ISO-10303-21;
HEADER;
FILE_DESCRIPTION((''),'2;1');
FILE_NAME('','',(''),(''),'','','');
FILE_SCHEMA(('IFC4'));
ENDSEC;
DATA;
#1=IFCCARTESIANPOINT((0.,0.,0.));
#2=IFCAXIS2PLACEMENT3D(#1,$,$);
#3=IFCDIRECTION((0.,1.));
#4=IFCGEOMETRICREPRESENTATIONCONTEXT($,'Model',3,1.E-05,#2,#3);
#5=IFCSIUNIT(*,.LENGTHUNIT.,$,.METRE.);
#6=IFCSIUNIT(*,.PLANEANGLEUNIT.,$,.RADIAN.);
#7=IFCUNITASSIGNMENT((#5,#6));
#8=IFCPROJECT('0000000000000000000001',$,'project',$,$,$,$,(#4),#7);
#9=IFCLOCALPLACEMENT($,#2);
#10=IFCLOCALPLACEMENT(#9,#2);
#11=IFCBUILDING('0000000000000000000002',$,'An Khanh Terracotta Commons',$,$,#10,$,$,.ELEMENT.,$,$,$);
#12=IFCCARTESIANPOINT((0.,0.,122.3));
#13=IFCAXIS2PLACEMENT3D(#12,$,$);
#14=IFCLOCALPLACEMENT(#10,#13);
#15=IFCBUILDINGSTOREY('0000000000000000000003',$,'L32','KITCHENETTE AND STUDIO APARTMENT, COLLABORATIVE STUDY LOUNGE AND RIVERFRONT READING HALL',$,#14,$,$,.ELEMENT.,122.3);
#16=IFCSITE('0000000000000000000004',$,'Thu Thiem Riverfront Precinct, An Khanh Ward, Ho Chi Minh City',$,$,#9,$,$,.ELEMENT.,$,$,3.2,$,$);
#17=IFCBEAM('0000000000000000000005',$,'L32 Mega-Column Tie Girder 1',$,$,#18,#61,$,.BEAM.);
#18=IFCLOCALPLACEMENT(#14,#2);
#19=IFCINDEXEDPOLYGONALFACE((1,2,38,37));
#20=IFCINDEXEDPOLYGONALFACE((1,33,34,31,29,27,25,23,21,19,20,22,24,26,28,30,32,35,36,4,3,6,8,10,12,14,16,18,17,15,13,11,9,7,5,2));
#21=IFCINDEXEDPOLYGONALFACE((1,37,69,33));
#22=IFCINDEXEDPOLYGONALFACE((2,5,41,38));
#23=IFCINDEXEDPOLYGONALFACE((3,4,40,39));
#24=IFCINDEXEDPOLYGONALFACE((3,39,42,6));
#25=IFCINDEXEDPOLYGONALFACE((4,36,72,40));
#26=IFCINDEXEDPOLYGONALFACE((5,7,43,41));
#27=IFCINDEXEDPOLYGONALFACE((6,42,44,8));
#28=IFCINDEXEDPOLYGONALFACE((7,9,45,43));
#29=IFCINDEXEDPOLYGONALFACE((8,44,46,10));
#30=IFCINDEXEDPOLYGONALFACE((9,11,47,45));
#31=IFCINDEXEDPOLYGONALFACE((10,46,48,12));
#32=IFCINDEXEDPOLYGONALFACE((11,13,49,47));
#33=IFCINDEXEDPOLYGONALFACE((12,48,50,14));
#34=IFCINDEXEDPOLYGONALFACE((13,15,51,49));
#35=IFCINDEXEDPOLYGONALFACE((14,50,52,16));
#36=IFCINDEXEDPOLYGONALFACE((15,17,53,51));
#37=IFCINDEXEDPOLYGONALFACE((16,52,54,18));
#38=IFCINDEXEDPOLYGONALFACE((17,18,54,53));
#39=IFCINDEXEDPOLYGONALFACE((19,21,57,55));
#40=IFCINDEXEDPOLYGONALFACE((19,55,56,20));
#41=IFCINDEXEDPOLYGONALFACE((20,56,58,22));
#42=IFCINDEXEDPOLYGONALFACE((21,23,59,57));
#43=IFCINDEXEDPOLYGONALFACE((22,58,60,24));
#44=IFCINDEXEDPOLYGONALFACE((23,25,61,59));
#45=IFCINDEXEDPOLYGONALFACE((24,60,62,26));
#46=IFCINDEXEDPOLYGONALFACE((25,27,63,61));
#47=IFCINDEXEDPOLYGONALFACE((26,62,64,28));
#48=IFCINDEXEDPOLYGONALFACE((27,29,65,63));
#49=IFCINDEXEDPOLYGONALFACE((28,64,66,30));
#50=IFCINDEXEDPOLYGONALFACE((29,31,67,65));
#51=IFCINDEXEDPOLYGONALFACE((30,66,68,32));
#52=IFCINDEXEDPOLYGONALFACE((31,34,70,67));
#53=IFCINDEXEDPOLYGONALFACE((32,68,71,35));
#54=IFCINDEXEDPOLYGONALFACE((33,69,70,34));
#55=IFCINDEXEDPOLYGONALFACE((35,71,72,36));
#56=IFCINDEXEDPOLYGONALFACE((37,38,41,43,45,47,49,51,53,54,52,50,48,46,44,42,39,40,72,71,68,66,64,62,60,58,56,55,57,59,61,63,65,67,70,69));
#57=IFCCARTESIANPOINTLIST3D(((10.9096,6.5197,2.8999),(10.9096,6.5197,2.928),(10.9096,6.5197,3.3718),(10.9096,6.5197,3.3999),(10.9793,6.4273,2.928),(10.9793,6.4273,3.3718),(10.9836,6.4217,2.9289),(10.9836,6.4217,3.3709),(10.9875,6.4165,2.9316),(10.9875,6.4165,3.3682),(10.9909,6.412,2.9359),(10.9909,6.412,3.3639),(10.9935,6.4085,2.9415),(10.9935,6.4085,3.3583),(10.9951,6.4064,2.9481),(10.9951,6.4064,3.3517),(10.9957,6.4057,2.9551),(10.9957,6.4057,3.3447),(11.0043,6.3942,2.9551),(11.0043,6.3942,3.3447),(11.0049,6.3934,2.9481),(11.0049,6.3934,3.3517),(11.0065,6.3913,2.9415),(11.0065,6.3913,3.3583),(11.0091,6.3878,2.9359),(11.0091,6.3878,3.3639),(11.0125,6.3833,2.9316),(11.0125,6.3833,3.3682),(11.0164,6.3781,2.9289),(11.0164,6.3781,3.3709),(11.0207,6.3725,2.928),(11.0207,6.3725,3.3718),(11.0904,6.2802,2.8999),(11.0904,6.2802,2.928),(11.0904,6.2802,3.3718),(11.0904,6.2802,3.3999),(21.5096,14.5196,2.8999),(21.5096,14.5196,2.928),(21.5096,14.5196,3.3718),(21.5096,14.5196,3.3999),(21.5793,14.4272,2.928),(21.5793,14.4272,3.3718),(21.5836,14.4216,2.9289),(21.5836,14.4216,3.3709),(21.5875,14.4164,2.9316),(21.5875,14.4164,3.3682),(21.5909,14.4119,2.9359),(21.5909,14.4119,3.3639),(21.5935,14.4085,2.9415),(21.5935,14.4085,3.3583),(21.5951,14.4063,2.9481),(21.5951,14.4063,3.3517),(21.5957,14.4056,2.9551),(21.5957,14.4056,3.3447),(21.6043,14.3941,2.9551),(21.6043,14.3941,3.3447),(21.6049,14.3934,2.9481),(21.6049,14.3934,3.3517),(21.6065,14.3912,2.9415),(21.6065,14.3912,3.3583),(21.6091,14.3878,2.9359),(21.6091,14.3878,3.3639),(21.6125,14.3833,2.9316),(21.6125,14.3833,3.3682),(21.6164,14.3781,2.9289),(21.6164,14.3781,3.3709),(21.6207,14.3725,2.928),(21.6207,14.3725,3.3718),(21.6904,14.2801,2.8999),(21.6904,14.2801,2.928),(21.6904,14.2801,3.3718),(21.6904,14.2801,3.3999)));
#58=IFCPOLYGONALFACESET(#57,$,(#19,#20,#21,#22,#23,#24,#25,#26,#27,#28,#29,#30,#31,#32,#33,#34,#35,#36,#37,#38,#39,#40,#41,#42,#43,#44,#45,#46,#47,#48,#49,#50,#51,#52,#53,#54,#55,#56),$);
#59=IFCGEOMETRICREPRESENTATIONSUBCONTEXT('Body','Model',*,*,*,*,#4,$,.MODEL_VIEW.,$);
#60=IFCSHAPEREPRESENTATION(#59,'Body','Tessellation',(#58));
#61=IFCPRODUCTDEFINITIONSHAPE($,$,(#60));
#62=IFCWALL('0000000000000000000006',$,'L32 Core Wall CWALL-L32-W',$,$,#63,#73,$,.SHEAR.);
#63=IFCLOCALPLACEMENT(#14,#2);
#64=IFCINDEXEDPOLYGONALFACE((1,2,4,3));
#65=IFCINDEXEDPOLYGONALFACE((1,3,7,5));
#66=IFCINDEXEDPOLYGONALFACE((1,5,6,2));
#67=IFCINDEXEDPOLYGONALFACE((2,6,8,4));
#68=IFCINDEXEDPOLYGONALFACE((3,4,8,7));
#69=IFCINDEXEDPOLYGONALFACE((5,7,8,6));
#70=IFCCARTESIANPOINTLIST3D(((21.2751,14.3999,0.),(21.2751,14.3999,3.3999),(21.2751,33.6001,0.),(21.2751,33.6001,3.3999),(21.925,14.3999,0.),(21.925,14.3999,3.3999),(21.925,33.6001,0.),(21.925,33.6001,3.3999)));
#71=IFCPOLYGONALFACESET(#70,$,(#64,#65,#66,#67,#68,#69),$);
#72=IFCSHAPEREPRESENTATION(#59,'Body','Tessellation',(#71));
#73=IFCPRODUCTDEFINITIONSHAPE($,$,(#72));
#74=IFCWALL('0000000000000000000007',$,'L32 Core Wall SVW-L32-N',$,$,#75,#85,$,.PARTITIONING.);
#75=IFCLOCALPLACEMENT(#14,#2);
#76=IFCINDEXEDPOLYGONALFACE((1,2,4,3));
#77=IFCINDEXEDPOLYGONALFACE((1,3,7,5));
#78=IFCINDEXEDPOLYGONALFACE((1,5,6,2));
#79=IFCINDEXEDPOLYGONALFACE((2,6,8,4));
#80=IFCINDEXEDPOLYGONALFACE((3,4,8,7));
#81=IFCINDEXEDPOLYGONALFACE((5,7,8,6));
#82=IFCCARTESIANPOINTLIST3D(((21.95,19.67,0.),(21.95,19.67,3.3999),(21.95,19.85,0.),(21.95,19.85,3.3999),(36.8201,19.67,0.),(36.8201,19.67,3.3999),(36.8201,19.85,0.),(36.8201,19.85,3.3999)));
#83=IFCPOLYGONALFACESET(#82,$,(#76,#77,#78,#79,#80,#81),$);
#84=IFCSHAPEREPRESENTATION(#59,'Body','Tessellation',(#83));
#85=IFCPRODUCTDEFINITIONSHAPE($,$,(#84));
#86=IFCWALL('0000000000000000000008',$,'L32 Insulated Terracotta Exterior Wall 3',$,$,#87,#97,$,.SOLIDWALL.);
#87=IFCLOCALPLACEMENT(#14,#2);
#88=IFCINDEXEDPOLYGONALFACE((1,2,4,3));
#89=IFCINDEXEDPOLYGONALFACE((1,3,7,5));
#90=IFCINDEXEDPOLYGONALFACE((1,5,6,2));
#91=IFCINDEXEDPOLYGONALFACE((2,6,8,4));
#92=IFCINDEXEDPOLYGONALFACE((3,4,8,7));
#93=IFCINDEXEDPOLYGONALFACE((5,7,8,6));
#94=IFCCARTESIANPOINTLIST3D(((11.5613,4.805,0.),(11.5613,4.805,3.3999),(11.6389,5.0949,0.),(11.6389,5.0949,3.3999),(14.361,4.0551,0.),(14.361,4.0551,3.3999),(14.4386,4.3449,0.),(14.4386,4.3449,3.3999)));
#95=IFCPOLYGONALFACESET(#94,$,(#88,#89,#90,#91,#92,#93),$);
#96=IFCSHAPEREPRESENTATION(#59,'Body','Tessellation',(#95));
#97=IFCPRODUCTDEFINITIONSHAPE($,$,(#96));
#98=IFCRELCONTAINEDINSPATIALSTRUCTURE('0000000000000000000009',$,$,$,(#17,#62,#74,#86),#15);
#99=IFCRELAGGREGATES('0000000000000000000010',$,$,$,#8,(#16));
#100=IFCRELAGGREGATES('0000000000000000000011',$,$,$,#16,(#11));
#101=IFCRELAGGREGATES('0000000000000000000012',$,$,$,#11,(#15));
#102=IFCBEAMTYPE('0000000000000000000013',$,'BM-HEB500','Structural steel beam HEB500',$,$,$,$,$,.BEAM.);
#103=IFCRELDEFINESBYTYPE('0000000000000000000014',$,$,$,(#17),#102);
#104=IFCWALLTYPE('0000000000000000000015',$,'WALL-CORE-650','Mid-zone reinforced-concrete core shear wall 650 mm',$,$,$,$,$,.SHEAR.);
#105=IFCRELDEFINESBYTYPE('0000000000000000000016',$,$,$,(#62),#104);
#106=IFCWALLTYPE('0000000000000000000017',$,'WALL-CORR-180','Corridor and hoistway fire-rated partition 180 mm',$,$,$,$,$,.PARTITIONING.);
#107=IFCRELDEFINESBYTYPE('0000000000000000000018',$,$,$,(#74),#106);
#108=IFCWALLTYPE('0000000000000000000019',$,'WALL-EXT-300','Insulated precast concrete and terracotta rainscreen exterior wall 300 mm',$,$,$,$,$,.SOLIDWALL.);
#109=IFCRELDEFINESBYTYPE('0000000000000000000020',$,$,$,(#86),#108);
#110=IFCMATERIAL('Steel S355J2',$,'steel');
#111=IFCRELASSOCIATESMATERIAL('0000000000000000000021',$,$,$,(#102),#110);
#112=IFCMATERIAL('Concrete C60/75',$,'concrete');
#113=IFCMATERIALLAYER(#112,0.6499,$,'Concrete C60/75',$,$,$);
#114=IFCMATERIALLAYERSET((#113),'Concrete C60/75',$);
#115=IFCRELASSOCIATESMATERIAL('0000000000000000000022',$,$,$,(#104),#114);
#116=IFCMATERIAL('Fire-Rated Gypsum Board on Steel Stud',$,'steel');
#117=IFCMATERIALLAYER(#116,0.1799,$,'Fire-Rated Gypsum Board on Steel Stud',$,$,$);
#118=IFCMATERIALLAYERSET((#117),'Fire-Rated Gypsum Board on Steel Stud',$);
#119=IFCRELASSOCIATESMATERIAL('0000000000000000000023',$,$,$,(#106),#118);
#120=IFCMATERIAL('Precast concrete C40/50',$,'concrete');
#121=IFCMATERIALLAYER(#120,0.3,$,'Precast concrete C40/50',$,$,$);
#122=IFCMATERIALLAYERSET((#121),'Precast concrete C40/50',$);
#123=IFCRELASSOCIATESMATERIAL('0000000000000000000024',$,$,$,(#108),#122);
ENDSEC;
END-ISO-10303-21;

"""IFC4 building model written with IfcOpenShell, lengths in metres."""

from ifc_helpers import new_model, si_unit, direction, frame, frame_2d, origin, origin_2d, place, context, subcontext, project, spatial, rectangle, i_section, extrude, material, layer, layer_set, material_profile, profile_set, type_object, element, save


model = new_model("IFC4")

# Units and contexts
model_context = context("Model", 3, precision=1e-05, world=origin(), true_north=direction((0.0, 1.0)))
body_context = subcontext(model_context, "Body", "Model", "MODEL_VIEW")
ifc_project = project(units=[si_unit("LENGTHUNIT", "METRE"), si_unit("PLANEANGLEUNIT", "RADIAN")], contexts=[model_context])

# Site, building, storey
site_placement = place(None, origin())
site = spatial("IfcSite", under=ifc_project, at=site_placement, Name="Thu Thiem Riverfront Precinct, An Khanh Ward, Ho Chi Minh City", CompositionType="ELEMENT", RefElevation=3.2)
building_placement = place(site_placement, origin())
building = spatial("IfcBuilding", under=site, at=building_placement, Name="An Khanh Terracotta Commons", CompositionType="ELEMENT")
storey_placement = place(building_placement, frame((0.0, 0.0, 122.3)))
storey = spatial("IfcBuildingStorey", under=building, at=storey_placement, Name="L32", Description="KITCHENETTE AND STUDIO APARTMENT, COLLABORATIVE STUDY LOUNGE AND RIVERFRONT READING HALL", CompositionType="ELEMENT", Elevation=122.3)

# Beam
ifc_material_1 = material(Name="Steel S355J2", Category="steel")
ifc_material_profile_1 = material_profile(ifc_material_1, i_section(OverallWidth=0.3, OverallDepth=0.5, WebThickness=0.0144, FlangeThickness=0.0281, FilletRadius=0.0271, at=origin_2d()), Name="HEB500")
ifc_profile_set_1 = profile_set([ifc_material_profile_1], Name="Steel S355J2")
beam_type_1 = type_object("IfcBeamType", Name="BM-HEB500", Description="Structural steel beam HEB500", PredefinedType="BEAM", material=ifc_profile_set_1)
beam_1_placement = place(storey_placement, frame((11.0, 6.3999, 3.1499), z_axis=(0.798192, 0.602403, 0.0), x_axis=(-0.602403, 0.798192, 0.0)))
element("IfcBeam", 1, at=beam_1_placement, inside=storey, type_object=beam_type_1, Name="L32 Mega-Column Tie Girder 1", PredefinedType="BEAM", context=body_context, shape_type="SweptSolid", body=[
    extrude(i_section(OverallWidth=0.3, OverallDepth=0.5, WebThickness=0.0144, FlangeThickness=0.0281, FilletRadius=0.0271, at=origin_2d()), origin(), (0.0, 0.0, 1.0), 13.28),
])

# Walls
ifc_material_2 = material(Name="Concrete C60/75", Category="concrete")
ifc_layer_1 = layer(ifc_material_2, 0.6499, Name="Concrete C60/75")
ifc_layer_set_1 = layer_set([ifc_layer_1], Name="Concrete C60/75")
wall_type_1 = type_object("IfcWallType", Name="WALL-CORE-650", Description="Mid-zone reinforced-concrete core shear wall 650 mm", PredefinedType="SHEAR", material=ifc_layer_set_1)
wall_1_placement = place(storey_placement, frame((21.6001, 14.3999, 0.0), z_axis=(0.0, 0.0, 1.0), x_axis=(0.0, 1.0, 0.0)))
element("IfcWall", 2, at=wall_1_placement, inside=storey, type_object=wall_type_1, Name="L32 Core Wall CWALL-L32-W", PredefinedType="SHEAR", context=body_context, shape_type="SweptSolid", body=[
    extrude(rectangle(XDim=19.2002, YDim=0.6499, at=frame_2d((9.6001, 0.0))), origin(), (0.0, 0.0, 1.0), 3.3999),
])
ifc_material_3 = material(Name="Fire-Rated Gypsum Board on Steel Stud", Category="steel")
ifc_layer_2 = layer(ifc_material_3, 0.1799, Name="Fire-Rated Gypsum Board on Steel Stud")
ifc_layer_set_2 = layer_set([ifc_layer_2], Name="Fire-Rated Gypsum Board on Steel Stud")
wall_type_2 = type_object("IfcWallType", Name="WALL-CORR-180", Description="Corridor and hoistway fire-rated partition 180 mm", PredefinedType="PARTITIONING", material=ifc_layer_set_2)
wall_2_placement = place(storey_placement, frame((21.95, 19.76, 0.0), z_axis=(0.0, 0.0, 1.0), x_axis=(1.0, 0.0, 0.0)))
element("IfcWall", 3, at=wall_2_placement, inside=storey, type_object=wall_type_2, Name="L32 Core Wall SVW-L32-N", PredefinedType="PARTITIONING", context=body_context, shape_type="SweptSolid", body=[
    extrude(rectangle(XDim=14.8701, YDim=0.1799, at=frame_2d((7.4351, 0.0))), origin(), (0.0, 0.0, 1.0), 3.3999),
])
ifc_material_4 = material(Name="Precast concrete C40/50", Category="concrete")
ifc_layer_3 = layer(ifc_material_4, 0.3, Name="Precast concrete C40/50")
ifc_layer_set_3 = layer_set([ifc_layer_3], Name="Precast concrete C40/50")
wall_type_3 = type_object("IfcWallType", Name="WALL-EXT-300", Description="Insulated precast concrete and terracotta rainscreen exterior wall 300 mm", PredefinedType="SOLIDWALL", material=ifc_layer_set_3)
wall_3_placement = place(storey_placement, frame((11.6001, 4.95, 0.0), z_axis=(0.0, 0.0, 1.0), x_axis=(0.965944, -0.258753, 0.0)))
element("IfcWall", 4, at=wall_3_placement, inside=storey, type_object=wall_type_3, Name="L32 Insulated Terracotta Exterior Wall 3", PredefinedType="SOLIDWALL", context=body_context, shape_type="SweptSolid", body=[
    extrude(rectangle(XDim=2.8984, YDim=0.3, at=frame_2d((1.4492, 0.0))), origin(), (0.0, 0.0, 1.0), 3.3999),
])

save(model, "model.ifc")
